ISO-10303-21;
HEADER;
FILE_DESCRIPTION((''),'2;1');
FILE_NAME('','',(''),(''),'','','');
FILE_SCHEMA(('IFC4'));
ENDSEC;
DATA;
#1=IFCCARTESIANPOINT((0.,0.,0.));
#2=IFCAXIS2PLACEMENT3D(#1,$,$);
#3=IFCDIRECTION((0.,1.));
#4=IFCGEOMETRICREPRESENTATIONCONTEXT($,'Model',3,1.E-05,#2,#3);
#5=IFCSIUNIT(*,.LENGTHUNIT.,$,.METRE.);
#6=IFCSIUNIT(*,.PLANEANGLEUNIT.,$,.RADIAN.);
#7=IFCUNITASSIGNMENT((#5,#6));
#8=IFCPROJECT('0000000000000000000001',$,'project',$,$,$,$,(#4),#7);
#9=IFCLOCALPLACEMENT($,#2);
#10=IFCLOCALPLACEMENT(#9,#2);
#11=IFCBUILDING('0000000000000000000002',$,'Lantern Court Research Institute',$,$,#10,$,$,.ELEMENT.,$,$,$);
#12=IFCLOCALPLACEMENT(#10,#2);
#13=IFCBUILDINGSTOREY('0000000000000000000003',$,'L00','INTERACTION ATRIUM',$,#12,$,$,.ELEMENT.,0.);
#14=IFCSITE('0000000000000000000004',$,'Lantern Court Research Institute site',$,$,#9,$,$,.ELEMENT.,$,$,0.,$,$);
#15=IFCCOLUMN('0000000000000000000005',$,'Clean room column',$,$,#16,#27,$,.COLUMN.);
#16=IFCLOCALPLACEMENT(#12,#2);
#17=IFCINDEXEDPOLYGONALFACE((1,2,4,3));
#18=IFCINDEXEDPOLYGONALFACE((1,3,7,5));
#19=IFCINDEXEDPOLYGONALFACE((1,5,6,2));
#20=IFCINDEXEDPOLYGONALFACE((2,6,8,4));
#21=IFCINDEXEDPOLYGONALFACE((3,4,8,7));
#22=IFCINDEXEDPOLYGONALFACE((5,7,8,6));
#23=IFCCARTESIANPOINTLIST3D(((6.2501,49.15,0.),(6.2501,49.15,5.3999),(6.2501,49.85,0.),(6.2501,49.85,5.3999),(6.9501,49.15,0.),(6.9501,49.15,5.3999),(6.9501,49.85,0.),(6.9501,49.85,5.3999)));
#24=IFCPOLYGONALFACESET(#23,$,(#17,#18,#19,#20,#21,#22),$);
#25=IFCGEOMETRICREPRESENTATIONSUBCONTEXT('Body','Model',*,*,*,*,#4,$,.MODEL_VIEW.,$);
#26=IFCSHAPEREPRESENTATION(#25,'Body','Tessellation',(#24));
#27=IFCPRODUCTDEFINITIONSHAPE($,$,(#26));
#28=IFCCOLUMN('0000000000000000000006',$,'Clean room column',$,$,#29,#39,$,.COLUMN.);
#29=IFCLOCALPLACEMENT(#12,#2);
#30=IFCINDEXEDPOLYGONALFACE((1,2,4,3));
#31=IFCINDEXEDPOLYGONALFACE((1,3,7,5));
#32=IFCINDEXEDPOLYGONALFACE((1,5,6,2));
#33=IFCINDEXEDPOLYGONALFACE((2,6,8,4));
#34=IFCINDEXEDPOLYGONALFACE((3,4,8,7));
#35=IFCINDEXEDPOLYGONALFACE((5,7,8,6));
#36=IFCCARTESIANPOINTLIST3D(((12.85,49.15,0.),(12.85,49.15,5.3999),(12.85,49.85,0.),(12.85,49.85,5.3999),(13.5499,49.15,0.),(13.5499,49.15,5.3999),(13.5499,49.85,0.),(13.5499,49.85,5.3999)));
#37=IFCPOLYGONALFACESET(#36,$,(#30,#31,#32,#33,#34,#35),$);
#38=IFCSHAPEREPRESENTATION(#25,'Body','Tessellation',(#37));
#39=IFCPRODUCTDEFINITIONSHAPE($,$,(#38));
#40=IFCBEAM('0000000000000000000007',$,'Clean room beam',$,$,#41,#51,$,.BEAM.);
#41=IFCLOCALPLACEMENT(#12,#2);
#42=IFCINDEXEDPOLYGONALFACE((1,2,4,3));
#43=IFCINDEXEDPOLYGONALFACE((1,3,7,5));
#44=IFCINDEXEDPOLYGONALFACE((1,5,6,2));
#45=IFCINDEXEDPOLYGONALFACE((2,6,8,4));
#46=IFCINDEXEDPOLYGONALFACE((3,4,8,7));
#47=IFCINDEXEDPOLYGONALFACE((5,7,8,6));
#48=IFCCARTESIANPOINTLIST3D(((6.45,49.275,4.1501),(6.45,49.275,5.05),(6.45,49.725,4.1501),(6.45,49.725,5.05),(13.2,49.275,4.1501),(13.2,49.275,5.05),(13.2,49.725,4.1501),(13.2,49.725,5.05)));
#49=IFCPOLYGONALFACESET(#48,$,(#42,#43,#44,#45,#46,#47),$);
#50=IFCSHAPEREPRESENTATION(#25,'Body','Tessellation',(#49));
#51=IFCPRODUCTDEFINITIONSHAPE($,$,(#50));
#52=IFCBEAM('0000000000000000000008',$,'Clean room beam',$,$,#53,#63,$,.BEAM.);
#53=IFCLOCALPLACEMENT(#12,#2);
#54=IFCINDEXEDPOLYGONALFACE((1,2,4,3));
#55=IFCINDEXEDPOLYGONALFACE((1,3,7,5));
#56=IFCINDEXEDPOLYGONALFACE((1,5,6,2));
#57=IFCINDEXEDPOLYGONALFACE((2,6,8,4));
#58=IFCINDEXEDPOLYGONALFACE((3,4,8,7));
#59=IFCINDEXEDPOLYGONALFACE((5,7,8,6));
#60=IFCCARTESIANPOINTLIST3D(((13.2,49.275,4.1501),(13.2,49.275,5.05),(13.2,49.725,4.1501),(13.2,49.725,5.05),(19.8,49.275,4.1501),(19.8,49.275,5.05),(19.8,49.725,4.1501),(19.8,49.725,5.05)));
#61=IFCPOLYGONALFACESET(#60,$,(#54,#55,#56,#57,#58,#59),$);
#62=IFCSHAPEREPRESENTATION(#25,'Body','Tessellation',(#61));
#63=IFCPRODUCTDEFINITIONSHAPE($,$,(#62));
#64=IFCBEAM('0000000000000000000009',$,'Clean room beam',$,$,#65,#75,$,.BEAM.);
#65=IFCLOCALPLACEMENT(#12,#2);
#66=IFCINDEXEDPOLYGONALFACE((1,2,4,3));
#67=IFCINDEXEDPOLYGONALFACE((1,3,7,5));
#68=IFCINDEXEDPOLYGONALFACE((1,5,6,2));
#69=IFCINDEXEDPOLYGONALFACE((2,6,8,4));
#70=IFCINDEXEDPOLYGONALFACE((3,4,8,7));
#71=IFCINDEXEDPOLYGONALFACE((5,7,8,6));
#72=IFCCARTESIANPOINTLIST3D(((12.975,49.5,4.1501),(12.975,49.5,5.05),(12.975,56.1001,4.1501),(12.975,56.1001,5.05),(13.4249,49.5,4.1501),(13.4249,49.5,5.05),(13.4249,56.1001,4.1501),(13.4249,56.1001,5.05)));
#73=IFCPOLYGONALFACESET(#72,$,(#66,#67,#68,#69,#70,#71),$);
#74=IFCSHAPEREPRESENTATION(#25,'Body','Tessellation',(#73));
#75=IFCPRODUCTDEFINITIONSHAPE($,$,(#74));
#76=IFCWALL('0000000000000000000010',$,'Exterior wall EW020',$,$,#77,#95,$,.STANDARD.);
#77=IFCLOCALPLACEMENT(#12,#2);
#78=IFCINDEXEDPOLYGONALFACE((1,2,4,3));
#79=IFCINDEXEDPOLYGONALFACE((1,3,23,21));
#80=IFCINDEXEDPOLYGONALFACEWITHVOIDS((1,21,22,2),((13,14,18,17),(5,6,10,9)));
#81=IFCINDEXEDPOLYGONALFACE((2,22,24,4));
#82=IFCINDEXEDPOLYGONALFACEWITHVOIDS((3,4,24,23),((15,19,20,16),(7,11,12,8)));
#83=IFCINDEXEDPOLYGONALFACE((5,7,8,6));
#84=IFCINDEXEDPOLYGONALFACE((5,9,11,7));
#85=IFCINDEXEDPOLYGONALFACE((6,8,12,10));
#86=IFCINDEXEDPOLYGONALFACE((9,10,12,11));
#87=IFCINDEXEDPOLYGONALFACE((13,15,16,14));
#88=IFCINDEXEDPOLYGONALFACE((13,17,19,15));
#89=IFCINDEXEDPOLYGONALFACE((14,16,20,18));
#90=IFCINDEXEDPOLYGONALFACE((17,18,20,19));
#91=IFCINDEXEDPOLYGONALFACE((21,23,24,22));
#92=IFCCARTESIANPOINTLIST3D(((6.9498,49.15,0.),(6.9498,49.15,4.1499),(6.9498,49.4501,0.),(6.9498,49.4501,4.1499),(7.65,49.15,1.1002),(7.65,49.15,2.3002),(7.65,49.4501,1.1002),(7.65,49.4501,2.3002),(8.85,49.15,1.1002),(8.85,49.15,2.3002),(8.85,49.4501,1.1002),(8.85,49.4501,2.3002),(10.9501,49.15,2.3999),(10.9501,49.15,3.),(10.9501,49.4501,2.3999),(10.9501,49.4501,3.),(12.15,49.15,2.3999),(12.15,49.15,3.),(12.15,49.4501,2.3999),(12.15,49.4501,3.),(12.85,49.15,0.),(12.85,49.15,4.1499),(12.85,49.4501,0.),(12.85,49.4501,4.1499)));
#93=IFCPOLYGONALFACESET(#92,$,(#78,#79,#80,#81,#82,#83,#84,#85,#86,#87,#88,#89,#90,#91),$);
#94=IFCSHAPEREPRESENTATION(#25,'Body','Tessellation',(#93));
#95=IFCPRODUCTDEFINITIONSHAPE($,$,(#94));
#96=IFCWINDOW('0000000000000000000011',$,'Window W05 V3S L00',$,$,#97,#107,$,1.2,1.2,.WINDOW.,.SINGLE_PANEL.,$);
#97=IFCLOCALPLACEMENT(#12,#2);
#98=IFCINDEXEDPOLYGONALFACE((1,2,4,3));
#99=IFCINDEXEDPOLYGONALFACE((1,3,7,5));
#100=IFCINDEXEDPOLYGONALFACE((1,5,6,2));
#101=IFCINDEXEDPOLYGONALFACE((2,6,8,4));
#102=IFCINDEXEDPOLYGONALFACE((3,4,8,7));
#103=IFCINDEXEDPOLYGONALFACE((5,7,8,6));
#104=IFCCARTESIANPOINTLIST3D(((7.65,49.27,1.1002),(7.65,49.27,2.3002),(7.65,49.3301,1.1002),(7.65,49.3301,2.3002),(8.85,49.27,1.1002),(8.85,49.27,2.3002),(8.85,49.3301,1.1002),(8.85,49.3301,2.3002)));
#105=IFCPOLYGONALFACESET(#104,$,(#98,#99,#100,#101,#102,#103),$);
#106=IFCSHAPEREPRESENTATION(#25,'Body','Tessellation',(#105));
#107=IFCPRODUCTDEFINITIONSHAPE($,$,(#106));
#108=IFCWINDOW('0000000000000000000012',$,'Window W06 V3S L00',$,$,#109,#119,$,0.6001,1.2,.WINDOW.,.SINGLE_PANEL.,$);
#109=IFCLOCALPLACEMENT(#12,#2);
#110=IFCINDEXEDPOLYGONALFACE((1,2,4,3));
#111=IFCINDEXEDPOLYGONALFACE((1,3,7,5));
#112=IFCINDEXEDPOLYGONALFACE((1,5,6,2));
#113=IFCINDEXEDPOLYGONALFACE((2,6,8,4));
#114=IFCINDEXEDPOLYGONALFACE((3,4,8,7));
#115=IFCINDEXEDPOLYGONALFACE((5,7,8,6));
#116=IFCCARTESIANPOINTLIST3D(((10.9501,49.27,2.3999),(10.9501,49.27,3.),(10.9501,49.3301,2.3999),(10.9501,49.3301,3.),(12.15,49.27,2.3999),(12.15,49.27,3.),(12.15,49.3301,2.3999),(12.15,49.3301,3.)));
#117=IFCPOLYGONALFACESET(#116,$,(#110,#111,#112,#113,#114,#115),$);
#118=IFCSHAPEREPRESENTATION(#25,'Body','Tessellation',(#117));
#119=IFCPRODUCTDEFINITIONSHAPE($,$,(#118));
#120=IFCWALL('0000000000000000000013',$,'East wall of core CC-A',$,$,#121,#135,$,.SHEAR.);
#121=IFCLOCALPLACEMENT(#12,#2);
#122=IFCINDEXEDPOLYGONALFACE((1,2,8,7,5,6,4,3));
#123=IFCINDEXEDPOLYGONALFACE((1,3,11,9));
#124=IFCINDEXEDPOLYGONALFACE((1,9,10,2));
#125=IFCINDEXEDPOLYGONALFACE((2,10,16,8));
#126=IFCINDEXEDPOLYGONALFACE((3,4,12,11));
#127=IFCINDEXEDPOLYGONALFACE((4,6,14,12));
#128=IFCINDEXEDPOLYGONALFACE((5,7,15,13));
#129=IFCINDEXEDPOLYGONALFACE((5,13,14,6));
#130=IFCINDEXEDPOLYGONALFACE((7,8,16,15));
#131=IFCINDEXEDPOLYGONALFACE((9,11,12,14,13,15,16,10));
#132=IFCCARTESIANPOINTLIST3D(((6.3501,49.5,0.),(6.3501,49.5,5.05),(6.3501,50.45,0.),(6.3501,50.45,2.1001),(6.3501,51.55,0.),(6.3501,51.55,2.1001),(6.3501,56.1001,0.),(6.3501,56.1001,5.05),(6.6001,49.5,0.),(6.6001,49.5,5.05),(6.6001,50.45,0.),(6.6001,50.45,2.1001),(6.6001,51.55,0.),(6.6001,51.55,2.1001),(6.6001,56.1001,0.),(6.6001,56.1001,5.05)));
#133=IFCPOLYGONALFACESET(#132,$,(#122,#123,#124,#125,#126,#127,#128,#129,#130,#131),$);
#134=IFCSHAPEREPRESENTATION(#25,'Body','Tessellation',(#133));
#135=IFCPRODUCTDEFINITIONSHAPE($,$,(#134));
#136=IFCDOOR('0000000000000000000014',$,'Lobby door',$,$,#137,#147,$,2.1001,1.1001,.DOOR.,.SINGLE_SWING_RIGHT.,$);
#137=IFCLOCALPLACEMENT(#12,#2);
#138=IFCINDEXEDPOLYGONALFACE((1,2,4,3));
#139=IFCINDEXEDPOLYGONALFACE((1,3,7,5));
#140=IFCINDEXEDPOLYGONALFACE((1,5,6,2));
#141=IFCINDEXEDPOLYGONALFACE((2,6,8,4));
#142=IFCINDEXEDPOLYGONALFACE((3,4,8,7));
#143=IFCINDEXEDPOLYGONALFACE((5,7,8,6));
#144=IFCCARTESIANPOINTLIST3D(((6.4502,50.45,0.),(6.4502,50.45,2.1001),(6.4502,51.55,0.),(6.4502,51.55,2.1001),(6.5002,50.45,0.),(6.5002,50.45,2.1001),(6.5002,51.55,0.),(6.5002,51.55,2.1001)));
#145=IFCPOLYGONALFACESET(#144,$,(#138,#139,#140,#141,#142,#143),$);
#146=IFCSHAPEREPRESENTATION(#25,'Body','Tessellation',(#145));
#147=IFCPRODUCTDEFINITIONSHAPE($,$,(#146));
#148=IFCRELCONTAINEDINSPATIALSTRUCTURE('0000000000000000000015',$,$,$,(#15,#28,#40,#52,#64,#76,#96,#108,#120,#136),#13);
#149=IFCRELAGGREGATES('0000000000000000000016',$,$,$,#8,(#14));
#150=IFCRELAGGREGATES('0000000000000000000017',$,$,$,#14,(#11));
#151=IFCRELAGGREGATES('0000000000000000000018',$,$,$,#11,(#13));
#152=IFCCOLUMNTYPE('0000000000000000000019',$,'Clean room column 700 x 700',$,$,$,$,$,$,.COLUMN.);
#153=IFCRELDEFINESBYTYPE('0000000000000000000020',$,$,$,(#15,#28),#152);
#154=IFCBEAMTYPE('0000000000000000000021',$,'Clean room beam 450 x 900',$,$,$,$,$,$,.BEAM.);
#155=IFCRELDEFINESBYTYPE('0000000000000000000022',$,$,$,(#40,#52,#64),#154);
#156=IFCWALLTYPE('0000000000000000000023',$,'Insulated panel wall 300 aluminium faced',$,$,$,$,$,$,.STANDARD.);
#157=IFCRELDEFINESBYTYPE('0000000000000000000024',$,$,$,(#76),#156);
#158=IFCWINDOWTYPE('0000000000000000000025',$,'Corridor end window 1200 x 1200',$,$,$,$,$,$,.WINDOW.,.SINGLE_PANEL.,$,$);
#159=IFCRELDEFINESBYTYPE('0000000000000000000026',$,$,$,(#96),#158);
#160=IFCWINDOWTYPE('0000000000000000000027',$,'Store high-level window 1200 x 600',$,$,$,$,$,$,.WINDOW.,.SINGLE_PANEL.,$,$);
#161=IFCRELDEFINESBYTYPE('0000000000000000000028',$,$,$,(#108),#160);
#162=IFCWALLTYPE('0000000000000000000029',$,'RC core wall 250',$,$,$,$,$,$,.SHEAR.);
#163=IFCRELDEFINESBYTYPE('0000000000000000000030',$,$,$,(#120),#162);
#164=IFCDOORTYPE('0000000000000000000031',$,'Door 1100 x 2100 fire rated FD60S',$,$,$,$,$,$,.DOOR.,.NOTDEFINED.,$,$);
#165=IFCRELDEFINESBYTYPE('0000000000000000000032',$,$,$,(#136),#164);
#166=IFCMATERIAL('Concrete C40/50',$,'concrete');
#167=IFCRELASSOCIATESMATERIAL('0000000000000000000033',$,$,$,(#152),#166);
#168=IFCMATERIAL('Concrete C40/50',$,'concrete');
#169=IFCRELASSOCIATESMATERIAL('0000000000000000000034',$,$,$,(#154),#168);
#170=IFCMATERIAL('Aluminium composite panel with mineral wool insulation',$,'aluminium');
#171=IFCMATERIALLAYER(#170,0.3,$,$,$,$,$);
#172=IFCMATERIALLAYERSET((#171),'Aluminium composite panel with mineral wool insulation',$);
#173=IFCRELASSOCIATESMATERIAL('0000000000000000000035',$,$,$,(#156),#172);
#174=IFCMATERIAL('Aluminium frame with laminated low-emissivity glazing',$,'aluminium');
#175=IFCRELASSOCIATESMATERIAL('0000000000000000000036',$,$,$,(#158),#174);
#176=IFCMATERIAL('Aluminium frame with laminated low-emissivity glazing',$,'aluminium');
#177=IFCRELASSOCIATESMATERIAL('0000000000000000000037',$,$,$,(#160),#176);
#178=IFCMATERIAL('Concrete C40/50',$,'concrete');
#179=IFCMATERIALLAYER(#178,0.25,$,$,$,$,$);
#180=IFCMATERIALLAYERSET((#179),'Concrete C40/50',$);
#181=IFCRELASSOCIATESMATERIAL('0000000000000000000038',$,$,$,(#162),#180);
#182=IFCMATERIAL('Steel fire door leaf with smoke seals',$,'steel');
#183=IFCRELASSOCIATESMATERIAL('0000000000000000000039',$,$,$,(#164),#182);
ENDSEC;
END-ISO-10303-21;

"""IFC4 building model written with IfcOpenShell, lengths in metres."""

from ifc_helpers import new_model, si_unit, direction, frame, frame_2d, origin, origin_2d, place, context, subcontext, project, spatial, rectangle, extrude, material, layer, layer_set, material_profile, profile_set, type_object, element, fill, save


model = new_model("IFC4")

# Units and contexts
model_context = context("Model", 3, precision=1e-05, world=origin(), true_north=direction((0.0, 1.0)))
body_context = subcontext(model_context, "Body", "Model", "MODEL_VIEW")
ifc_project = project(units=[si_unit("LENGTHUNIT", "METRE"), si_unit("PLANEANGLEUNIT", "RADIAN")], contexts=[model_context])

# Site, building, storey
site_placement = place(None, origin())
site = spatial("IfcSite", under=ifc_project, at=site_placement, Name="Lantern Court Research Institute site", CompositionType="ELEMENT", RefElevation=0.0)
building_placement = place(site_placement, origin())
building = spatial("IfcBuilding", under=site, at=building_placement, Name="Lantern Court Research Institute", CompositionType="ELEMENT")
storey_placement = place(building_placement, origin())
storey = spatial("IfcBuildingStorey", under=building, at=storey_placement, Name="L00", Description="INTERACTION ATRIUM", CompositionType="ELEMENT", Elevation=0.0)

# Columns
ifc_material_1 = material(Name="Concrete C40/50", Category="concrete")
ifc_material_profile_1 = material_profile(ifc_material_1, rectangle(XDim=0.7, YDim=0.7, at=origin_2d()), Name="Clean room column 700 x 700")
ifc_profile_set_1 = profile_set([ifc_material_profile_1], Name="Concrete C40/50")
column_type = type_object("IfcColumnType", Name="Clean room column 700 x 700", PredefinedType="COLUMN", material=ifc_profile_set_1)
for number, where, z_axis, x_axis, name in (
    (1, (6.6001, 49.5, 0.0), (0.0, 0.0, 1.0), (1.0, 0.0, 0.0), "Clean room column"),
    (2, (13.2, 49.5, 0.0), (0.0, 0.0, 1.0), (1.0, 0.0, 0.0), "Clean room column"),
):
    element("IfcColumn", number, at=place(storey_placement, frame(where, z_axis=z_axis, x_axis=x_axis)), inside=storey, type_object=column_type, Name=name, PredefinedType="COLUMN", context=body_context, shape_type="SweptSolid", body=[
        extrude(rectangle(XDim=0.7, YDim=0.7, at=origin_2d()), origin(), (0.0, 0.0, 1.0), 5.3999),
    ])

# Beams
ifc_material_2 = material(Name="Concrete C40/50", Category="concrete")
ifc_material_profile_2 = material_profile(ifc_material_2, rectangle(XDim=0.45, YDim=0.8999, at=origin_2d()), Name="Clean room beam 450 x 900")
ifc_profile_set_2 = profile_set([ifc_material_profile_2], Name="Concrete C40/50")
beam_type = type_object("IfcBeamType", Name="Clean room beam 450 x 900", PredefinedType="BEAM", material=ifc_profile_set_2)
beam_placement = place(storey_placement, frame((6.45, 49.5, 4.6001), z_axis=(1.0, 0.0, 0.0), x_axis=(0.0, 1.0, 0.0)))
element("IfcBeam", 3, at=beam_placement, inside=storey, type_object=beam_type, Name="Clean room beam", PredefinedType="BEAM", context=body_context, shape_type="SweptSolid", body=[
    extrude(rectangle(XDim=0.45, YDim=0.8999, at=origin_2d()), origin(), (0.0, 0.0, 1.0), 6.75),
])
for number, where, z_axis, x_axis, name in (
    (4, (13.2, 49.5, 4.6001), (1.0, 0.0, 0.0), (0.0, 1.0, 0.0), "Clean room beam"),
    (5, (13.2, 49.5, 4.6001), (0.0, 1.0, 0.0), (-1.0, 0.0, 0.0), "Clean room beam"),
):
    element("IfcBeam", number, at=place(storey_placement, frame(where, z_axis=z_axis, x_axis=x_axis)), inside=storey, type_object=beam_type, Name=name, PredefinedType="BEAM", context=body_context, shape_type="SweptSolid", body=[
        extrude(rectangle(XDim=0.45, YDim=0.8999, at=origin_2d()), origin(), (0.0, 0.0, 1.0), 6.6001),
    ])

# Wall, openings, windows
ifc_material_3 = material(Name="Aluminium composite panel with mineral wool insulation", Category="aluminium")
ifc_layer_1 = layer(ifc_material_3, 0.3)
ifc_layer_set_1 = layer_set([ifc_layer_1], Name="Aluminium composite panel with mineral wool insulation")
wall_type_1 = type_object("IfcWallType", Name="Insulated panel wall 300 aluminium faced", PredefinedType="STANDARD", material=ifc_layer_set_1)
wall_1_placement = place(storey_placement, frame((12.8501, 49.3, 0.0), z_axis=(0.0, 0.0, 1.0), x_axis=(-1.0, 0.0, 0.0)))
wall_1 = element("IfcWall", 6, at=wall_1_placement, inside=storey, type_object=wall_type_1, Name="Exterior wall EW020", PredefinedType="STANDARD", context=body_context, shape_type="SweptSolid", body=[
    extrude(rectangle(XDim=5.9001, YDim=0.3, at=frame_2d((2.9502, 0.0))), origin(), (0.0, 0.0, 1.0), 4.1499),
])
opening_1_placement = place(wall_1_placement, frame((4.0, 0.0, 1.1001)))
opening_1 = element("IfcOpeningElement", 7, at=opening_1_placement, cuts=wall_1, PredefinedType="OPENING", context=body_context, shape_type="SweptSolid", body=[
    extrude(rectangle(XDim=1.2, YDim=1.2, at=frame_2d((0.6001, 0.6001))), frame((0.0, 0.1599, 0.0), z_axis=(0.0, -1.0, 0.0), x_axis=(1.0, 0.0, 0.0)), (0.0, 0.0, 1.0), 0.3201),
])
opening_2_placement = place(wall_1_placement, frame((0.7, 0.0, 2.3999)))
opening_2 = element("IfcOpeningElement", 8, at=opening_2_placement, cuts=wall_1, PredefinedType="OPENING", context=body_context, shape_type="SweptSolid", body=[
    extrude(rectangle(XDim=1.2, YDim=0.6001, at=frame_2d((0.6001, 0.3))), frame((0.0, 0.1599, 0.0), z_axis=(0.0, -1.0, 0.0), x_axis=(1.0, 0.0, 0.0)), (0.0, 0.0, 1.0), 0.3201),
])
ifc_material_4 = material(Name="Aluminium frame with laminated low-emissivity glazing", Category="aluminium")
window_type_1 = type_object("IfcWindowType", Name="Corridor end window 1200 x 1200", PartitioningType="SINGLE_PANEL", PredefinedType="WINDOW", material=ifc_material_4)
window_1_placement = place(opening_1_placement, origin())
window_1 = element("IfcWindow", 9, at=window_1_placement, inside=storey, type_object=window_type_1, Name="Window W05 V3S L00", OverallHeight=1.2, OverallWidth=1.2, PartitioningType="SINGLE_PANEL", PredefinedType="WINDOW", context=body_context, shape_type="SweptSolid", body=[
    extrude(rectangle(XDim=1.2, YDim=1.2, at=frame_2d((0.6001, 0.6001))), frame((0.0, 0.03, 0.0), z_axis=(0.0, -1.0, 0.0), x_axis=(1.0, 0.0, 0.0)), (0.0, 0.0, 1.0), 0.0601),
])
fill(opening_1, window_1)
ifc_material_5 = material(Name="Aluminium frame with laminated low-emissivity glazing", Category="aluminium")
window_type_2 = type_object("IfcWindowType", Name="Store high-level window 1200 x 600", PartitioningType="SINGLE_PANEL", PredefinedType="WINDOW", material=ifc_material_5)
window_2_placement = place(opening_2_placement, origin())
window_2 = element("IfcWindow", 10, at=window_2_placement, inside=storey, type_object=window_type_2, Name="Window W06 V3S L00", OverallHeight=0.6001, OverallWidth=1.2, PartitioningType="SINGLE_PANEL", PredefinedType="WINDOW", context=body_context, shape_type="SweptSolid", body=[
    extrude(rectangle(XDim=1.2, YDim=0.6001, at=frame_2d((0.6001, 0.3))), frame((0.0, 0.03, 0.0), z_axis=(0.0, -1.0, 0.0), x_axis=(1.0, 0.0, 0.0)), (0.0, 0.0, 1.0), 0.0601),
])
fill(opening_2, window_2)

# Wall, opening, door
ifc_material_6 = material(Name="Concrete C40/50", Category="concrete")
ifc_layer_2 = layer(ifc_material_6, 0.25)
ifc_layer_set_2 = layer_set([ifc_layer_2], Name="Concrete C40/50")
wall_type_2 = type_object("IfcWallType", Name="RC core wall 250", PredefinedType="SHEAR", material=ifc_layer_set_2)
wall_2_placement = place(storey_placement, frame((6.4751, 49.5, 0.0), z_axis=(0.0, 0.0, 1.0), x_axis=(0.0, 1.0, 0.0)))
wall_2 = element("IfcWall", 11, at=wall_2_placement, inside=storey, type_object=wall_type_2, Name="East wall of core CC-A", PredefinedType="SHEAR", context=body_context, shape_type="SweptSolid", body=[
    extrude(rectangle(XDim=6.6001, YDim=0.25, at=frame_2d((3.3, 0.0))), origin(), (0.0, 0.0, 1.0), 5.05),
])
opening_3_placement = place(wall_2_placement, frame((0.95, 0.0, 0.0)))
opening_3 = element("IfcOpeningElement", 12, at=opening_3_placement, cuts=wall_2, PredefinedType="OPENING", context=body_context, shape_type="SweptSolid", body=[
    extrude(rectangle(XDim=1.1001, YDim=2.1001, at=frame_2d((0.55, 1.05))), frame((0.0, 0.135, 0.0), z_axis=(0.0, -1.0, 0.0), x_axis=(1.0, 0.0, 0.0)), (0.0, 0.0, 1.0), 0.27),
])
ifc_material_7 = material(Name="Steel fire door leaf with smoke seals", Category="steel")
door_type_1 = type_object("IfcDoorType", Name="Door 1100 x 2100 fire rated FD60S", OperationType="NOTDEFINED", PredefinedType="DOOR", material=ifc_material_7)
door_1_placement = place(opening_3_placement, origin())
door_1 = element("IfcDoor", 13, at=door_1_placement, inside=storey, type_object=door_type_1, Name="Lobby door", OperationType="SINGLE_SWING_RIGHT", OverallHeight=2.1001, OverallWidth=1.1001, PredefinedType="DOOR", context=body_context, shape_type="SweptSolid", body=[
    extrude(rectangle(XDim=1.1001, YDim=2.1001, at=frame_2d((0.55, 1.05))), frame((0.0, 0.0249, 0.0), z_axis=(0.0, -1.0, 0.0), x_axis=(1.0, 0.0, 0.0)), (0.0, 0.0, 1.0), 0.05),
])
fill(opening_3, door_1)

save(model, "model.ifc")
